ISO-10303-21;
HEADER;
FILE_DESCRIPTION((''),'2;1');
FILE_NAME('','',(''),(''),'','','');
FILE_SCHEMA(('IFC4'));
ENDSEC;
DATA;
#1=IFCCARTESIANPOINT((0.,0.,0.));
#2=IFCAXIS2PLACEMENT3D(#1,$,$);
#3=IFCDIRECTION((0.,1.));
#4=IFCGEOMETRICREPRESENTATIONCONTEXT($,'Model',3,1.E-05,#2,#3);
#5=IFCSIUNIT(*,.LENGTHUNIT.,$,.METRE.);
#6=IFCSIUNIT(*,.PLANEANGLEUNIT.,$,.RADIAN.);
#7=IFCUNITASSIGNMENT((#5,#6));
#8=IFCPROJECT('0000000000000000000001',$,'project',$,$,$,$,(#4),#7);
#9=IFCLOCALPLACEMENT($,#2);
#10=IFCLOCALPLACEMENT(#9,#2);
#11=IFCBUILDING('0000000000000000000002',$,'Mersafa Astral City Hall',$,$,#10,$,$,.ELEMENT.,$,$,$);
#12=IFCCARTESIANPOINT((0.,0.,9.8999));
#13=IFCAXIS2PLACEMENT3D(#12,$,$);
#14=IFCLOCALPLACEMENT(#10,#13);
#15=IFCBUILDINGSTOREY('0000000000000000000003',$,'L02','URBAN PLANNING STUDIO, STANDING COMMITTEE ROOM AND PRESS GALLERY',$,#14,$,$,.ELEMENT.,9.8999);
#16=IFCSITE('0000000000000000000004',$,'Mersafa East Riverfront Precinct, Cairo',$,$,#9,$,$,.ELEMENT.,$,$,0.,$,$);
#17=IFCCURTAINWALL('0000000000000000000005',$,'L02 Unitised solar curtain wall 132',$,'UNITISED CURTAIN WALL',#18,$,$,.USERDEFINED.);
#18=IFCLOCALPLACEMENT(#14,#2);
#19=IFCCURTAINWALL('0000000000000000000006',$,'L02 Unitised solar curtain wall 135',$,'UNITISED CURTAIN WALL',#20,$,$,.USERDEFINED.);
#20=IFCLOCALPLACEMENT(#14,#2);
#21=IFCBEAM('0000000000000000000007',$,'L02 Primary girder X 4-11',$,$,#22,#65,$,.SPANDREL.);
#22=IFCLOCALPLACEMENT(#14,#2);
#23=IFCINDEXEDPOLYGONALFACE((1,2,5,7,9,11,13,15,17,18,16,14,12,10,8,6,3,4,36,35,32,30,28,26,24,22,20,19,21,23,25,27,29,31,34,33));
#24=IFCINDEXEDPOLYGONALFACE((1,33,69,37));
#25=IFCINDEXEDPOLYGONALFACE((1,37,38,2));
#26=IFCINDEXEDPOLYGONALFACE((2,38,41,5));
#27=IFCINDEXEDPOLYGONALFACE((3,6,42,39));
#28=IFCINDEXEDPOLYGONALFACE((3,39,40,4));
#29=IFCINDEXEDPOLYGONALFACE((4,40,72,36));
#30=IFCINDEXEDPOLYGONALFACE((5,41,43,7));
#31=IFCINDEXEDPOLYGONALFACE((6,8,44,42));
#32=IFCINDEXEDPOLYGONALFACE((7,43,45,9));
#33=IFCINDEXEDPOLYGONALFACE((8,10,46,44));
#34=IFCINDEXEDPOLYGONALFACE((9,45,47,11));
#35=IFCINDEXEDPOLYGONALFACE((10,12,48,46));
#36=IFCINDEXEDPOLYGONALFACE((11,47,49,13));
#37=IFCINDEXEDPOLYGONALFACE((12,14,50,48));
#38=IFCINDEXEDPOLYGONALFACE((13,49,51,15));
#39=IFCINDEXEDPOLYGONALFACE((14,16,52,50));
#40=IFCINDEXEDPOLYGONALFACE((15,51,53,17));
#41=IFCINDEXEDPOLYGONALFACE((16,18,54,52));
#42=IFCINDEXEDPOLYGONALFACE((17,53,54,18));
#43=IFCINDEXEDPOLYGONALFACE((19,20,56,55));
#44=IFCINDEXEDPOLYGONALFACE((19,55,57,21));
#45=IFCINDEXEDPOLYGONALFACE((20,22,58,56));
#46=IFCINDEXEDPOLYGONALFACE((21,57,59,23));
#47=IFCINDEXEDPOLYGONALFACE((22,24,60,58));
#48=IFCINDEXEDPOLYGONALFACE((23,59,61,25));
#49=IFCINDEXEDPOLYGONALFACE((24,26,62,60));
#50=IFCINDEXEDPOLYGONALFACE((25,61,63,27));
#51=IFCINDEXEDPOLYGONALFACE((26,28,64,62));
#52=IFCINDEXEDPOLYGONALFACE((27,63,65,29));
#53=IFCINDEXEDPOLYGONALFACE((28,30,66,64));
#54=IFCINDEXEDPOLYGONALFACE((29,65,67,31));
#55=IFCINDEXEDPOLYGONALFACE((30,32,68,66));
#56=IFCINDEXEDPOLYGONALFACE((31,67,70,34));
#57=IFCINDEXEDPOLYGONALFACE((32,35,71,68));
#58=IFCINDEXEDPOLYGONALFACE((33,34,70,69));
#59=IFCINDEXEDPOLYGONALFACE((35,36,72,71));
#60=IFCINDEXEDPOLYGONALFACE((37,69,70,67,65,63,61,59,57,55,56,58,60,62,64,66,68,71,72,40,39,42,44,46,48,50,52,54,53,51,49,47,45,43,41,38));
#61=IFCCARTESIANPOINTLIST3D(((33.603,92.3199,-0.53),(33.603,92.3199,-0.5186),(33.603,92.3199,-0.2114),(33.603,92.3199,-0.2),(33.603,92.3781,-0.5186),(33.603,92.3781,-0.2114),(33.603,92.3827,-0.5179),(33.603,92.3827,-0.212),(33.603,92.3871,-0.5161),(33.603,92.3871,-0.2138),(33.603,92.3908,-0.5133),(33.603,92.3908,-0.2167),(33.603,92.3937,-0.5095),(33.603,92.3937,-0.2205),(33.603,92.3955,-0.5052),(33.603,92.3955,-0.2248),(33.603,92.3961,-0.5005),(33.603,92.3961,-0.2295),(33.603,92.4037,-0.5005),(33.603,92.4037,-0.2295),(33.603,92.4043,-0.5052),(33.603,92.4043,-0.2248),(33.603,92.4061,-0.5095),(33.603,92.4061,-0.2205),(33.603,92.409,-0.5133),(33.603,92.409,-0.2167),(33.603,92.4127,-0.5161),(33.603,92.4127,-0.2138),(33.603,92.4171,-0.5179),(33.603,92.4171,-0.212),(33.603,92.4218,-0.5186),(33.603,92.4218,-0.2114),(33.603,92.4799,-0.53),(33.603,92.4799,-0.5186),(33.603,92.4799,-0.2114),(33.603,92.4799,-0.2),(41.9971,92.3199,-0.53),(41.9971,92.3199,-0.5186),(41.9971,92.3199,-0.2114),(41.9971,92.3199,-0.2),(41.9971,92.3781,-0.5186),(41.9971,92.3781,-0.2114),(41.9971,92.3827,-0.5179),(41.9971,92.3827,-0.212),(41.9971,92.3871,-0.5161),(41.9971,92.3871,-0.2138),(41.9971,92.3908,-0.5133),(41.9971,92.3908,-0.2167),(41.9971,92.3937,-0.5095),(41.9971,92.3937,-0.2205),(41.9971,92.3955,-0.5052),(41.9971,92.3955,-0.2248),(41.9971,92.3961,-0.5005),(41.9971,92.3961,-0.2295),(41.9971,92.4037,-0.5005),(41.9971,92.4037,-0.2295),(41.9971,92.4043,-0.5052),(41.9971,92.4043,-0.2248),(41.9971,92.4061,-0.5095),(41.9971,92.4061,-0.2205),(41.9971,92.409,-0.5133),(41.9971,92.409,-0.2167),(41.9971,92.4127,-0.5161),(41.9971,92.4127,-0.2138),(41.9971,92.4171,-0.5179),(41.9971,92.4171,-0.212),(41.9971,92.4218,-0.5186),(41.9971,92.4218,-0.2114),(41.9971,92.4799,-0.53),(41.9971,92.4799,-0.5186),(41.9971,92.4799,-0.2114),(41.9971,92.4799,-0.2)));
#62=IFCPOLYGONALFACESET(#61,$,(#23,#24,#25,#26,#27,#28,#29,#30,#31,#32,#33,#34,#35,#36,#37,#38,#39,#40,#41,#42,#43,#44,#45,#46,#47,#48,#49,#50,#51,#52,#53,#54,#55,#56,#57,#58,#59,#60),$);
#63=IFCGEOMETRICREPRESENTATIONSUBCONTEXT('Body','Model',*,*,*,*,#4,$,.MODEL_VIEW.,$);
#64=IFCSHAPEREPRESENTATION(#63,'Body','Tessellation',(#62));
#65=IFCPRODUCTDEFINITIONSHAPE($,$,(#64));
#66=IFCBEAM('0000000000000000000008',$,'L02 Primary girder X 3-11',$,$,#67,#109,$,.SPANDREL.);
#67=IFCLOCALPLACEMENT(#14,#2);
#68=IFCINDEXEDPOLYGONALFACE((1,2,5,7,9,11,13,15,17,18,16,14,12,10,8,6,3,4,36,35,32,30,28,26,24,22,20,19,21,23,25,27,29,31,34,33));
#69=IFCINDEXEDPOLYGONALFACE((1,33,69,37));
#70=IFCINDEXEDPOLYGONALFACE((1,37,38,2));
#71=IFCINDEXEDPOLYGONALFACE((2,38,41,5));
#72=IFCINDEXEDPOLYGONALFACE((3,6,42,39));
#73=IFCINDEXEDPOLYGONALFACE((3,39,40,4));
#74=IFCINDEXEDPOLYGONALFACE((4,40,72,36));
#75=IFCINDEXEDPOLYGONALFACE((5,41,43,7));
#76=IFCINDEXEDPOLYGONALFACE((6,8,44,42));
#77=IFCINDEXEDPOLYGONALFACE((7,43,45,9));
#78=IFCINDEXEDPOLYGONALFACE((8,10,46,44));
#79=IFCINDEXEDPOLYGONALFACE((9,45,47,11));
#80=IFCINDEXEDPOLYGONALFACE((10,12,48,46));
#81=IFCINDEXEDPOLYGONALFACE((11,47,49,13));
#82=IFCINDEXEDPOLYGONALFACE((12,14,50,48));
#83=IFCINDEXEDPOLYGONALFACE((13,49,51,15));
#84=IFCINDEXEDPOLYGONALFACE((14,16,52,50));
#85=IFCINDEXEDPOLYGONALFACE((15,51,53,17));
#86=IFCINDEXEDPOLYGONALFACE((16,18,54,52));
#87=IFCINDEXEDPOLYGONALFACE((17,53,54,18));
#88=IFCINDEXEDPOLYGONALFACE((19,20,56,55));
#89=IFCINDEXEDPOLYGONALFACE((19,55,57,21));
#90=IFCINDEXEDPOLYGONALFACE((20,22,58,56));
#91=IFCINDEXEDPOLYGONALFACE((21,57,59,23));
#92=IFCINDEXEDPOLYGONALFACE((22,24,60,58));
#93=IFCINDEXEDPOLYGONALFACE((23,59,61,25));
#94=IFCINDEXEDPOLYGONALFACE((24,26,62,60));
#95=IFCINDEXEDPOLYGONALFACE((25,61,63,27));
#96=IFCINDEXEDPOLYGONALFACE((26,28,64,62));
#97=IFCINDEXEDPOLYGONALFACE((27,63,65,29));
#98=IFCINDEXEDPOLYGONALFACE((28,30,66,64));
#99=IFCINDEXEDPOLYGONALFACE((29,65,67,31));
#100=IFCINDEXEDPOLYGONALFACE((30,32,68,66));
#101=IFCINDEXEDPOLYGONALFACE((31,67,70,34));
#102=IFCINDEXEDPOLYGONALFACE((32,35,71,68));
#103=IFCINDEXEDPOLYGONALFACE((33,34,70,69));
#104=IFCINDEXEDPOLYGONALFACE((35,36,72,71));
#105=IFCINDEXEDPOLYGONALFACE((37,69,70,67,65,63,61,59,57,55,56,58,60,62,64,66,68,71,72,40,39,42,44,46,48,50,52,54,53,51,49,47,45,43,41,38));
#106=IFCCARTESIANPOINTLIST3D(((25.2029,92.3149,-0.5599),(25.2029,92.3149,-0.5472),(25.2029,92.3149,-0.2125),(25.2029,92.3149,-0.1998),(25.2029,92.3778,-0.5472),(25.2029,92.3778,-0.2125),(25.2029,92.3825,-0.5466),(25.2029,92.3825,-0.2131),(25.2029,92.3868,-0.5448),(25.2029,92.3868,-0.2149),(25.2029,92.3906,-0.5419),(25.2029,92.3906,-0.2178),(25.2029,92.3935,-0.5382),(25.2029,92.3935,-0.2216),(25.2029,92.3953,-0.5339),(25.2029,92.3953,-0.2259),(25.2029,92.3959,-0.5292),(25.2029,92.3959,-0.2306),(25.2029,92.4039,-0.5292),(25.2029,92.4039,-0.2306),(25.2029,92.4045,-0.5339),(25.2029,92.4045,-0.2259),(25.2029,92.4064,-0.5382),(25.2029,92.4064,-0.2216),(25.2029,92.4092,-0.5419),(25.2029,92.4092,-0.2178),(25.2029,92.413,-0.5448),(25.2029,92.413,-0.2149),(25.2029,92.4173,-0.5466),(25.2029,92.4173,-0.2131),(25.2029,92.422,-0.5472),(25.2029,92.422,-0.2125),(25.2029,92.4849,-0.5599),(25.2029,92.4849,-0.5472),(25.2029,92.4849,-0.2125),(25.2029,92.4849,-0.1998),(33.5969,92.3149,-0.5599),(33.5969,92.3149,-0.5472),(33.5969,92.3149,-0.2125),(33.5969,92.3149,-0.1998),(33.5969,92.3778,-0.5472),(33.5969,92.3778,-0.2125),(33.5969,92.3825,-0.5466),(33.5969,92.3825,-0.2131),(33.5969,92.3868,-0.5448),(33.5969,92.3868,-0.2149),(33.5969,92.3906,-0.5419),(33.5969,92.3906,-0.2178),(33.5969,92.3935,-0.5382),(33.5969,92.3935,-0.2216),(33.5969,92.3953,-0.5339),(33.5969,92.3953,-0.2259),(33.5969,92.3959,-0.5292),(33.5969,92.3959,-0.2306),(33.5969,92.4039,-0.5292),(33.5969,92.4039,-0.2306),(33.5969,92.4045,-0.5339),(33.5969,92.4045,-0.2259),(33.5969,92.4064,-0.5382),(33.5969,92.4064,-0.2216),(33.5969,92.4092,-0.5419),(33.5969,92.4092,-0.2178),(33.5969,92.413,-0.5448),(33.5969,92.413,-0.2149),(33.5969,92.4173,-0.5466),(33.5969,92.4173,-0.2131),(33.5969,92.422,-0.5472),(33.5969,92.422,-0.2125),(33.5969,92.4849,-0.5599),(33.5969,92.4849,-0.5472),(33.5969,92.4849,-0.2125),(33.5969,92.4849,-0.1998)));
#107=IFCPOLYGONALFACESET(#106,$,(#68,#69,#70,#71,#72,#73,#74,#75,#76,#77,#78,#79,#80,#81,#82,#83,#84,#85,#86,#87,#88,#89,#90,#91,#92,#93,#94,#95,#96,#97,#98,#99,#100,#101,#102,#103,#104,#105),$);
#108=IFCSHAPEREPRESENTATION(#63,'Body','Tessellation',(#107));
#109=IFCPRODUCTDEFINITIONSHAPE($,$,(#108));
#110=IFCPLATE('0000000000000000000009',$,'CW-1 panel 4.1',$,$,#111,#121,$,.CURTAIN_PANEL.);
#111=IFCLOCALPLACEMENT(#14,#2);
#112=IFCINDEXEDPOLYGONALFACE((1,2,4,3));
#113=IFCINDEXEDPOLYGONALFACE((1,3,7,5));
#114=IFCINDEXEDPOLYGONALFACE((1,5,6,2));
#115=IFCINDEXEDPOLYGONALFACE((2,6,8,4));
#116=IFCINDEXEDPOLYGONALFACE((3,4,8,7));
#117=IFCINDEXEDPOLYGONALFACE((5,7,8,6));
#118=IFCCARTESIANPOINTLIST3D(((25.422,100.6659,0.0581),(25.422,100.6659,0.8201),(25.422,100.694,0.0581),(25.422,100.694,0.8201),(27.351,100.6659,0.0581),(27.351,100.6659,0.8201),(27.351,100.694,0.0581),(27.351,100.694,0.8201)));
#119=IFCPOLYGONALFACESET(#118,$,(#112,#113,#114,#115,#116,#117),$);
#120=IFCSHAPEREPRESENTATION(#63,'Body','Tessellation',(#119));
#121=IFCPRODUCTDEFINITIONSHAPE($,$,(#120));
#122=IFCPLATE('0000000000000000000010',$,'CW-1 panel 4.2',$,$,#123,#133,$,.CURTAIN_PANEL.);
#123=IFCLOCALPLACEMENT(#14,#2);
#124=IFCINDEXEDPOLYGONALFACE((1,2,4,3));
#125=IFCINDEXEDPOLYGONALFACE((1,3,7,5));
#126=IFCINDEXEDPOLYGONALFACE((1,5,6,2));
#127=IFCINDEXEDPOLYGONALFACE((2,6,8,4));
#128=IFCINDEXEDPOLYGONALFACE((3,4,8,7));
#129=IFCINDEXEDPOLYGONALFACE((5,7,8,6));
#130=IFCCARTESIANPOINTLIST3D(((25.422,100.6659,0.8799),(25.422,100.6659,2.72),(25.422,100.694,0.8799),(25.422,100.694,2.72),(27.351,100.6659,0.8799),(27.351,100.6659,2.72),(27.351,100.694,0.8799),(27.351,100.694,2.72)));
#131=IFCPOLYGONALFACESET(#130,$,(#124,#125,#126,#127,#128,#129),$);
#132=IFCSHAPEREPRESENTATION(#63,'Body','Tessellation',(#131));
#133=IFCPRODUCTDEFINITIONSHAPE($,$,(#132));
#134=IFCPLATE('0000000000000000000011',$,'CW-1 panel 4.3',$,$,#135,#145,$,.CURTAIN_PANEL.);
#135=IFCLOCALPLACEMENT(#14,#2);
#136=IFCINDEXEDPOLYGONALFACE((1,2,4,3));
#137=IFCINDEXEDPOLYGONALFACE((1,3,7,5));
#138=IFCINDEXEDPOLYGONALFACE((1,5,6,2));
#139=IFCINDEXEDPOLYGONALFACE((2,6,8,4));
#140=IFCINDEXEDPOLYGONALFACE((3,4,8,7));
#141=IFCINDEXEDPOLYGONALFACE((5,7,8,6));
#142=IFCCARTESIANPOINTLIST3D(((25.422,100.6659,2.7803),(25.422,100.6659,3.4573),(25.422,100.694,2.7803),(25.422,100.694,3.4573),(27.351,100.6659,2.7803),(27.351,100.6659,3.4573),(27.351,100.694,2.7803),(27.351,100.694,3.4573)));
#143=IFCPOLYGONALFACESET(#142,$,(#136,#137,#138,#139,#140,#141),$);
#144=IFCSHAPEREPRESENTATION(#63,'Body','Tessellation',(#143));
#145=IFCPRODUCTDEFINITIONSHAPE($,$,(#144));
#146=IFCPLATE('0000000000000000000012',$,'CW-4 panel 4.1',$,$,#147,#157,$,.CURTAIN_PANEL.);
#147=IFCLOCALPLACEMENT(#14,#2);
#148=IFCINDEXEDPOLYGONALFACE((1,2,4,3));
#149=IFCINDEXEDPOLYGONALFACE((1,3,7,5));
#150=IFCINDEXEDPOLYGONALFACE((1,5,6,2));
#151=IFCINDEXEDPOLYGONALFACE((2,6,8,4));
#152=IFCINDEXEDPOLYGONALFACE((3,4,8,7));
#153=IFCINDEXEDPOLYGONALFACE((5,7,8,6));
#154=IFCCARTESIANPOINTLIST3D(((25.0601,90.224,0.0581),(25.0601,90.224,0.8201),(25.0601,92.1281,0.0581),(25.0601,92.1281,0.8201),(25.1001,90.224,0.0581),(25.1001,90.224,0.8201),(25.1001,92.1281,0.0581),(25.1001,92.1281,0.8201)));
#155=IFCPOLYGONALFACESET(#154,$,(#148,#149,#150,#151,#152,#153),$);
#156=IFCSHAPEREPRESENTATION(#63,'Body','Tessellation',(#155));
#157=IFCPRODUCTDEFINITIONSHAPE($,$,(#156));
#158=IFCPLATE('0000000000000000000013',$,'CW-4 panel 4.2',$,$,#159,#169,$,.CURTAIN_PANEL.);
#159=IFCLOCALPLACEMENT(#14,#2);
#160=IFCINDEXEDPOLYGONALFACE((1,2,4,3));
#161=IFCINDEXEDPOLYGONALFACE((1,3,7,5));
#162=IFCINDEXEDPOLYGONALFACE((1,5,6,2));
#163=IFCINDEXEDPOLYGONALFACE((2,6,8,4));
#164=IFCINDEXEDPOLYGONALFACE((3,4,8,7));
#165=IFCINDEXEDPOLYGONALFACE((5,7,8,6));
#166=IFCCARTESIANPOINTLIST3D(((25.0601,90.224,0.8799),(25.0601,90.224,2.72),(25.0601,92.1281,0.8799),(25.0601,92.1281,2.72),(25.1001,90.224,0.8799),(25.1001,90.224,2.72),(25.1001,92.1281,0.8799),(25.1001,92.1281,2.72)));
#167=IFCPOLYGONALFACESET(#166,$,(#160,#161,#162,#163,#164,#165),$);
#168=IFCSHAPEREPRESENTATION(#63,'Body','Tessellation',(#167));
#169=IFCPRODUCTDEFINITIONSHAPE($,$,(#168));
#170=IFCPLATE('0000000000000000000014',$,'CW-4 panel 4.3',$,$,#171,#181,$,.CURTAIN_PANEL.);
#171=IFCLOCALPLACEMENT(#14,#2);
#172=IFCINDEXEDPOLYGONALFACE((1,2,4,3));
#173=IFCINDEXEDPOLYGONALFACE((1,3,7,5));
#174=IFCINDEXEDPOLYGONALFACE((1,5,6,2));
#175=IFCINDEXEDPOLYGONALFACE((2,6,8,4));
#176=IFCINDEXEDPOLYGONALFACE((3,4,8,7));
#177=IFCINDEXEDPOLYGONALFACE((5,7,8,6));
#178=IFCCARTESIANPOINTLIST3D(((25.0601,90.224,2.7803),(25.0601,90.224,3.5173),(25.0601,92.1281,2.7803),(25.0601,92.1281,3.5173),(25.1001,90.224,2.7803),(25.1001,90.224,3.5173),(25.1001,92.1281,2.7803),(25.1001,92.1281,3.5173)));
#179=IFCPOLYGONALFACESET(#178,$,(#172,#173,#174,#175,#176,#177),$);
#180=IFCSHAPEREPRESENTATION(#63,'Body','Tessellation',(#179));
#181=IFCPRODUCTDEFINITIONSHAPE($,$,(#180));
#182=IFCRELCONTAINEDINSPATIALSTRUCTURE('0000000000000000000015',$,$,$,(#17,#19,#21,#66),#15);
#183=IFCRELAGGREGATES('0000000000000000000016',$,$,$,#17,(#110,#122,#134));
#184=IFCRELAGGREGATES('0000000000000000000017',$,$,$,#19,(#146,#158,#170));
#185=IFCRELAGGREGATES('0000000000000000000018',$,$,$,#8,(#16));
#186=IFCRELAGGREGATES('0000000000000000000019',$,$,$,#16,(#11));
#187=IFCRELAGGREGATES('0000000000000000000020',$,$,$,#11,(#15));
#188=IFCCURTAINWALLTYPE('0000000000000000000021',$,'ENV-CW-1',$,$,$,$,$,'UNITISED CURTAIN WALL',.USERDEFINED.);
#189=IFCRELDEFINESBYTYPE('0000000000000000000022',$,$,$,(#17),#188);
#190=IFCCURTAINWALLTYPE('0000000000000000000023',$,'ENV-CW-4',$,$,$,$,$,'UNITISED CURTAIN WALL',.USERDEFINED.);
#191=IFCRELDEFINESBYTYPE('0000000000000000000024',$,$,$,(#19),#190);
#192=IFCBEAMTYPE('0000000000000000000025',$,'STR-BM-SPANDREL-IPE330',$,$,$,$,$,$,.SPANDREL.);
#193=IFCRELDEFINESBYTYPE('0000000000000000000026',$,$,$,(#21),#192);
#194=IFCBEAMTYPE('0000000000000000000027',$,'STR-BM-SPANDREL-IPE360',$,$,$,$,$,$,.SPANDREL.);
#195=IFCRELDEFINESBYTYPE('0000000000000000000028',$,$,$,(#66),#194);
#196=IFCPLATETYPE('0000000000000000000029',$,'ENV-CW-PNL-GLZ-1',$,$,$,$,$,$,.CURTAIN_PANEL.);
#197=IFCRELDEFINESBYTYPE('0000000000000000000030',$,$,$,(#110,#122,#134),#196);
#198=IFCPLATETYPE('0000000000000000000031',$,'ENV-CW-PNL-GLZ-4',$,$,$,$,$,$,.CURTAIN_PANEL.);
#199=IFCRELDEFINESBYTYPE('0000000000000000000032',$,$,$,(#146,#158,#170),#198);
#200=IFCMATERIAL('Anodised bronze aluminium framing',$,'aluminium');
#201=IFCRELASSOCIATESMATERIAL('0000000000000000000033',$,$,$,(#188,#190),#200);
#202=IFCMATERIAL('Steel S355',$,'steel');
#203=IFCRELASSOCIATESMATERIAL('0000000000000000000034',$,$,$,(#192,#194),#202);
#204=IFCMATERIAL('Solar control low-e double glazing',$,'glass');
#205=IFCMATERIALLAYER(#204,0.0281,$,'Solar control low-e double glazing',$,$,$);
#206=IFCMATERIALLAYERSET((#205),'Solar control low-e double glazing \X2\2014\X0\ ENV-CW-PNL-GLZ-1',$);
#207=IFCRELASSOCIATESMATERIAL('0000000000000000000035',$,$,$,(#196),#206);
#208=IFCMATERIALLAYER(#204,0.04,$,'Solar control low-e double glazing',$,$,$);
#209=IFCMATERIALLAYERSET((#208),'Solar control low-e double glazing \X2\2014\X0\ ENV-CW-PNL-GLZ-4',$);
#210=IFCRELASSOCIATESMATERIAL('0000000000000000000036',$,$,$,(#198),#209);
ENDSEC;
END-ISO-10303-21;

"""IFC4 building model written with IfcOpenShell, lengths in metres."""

from ifc_helpers import new_model, si_unit, direction, frame, origin, origin_2d, place, context, subcontext, project, spatial, rectangle, i_section, extrude, material, layer, layer_set, material_profile, profile_set, type_object, element, aggregate, save


model = new_model("IFC4")

# Units and contexts
model_context = context("Model", 3, precision=1e-05, world=origin(), true_north=direction((0.0, 1.0)))
body_context = subcontext(model_context, "Body", "Model", "MODEL_VIEW")
ifc_project = project(units=[si_unit("LENGTHUNIT", "METRE"), si_unit("PLANEANGLEUNIT", "RADIAN")], contexts=[model_context])

# Site, building, storey
site_placement = place(None, origin())
site = spatial("IfcSite", under=ifc_project, at=site_placement, Name="Mersafa East Riverfront Precinct, Cairo", CompositionType="ELEMENT", RefElevation=0.0)
building_placement = place(site_placement, origin())
building = spatial("IfcBuilding", under=site, at=building_placement, Name="Mersafa Astral City Hall", CompositionType="ELEMENT")
storey_placement = place(building_placement, frame((0.0, 0.0, 9.8999)))
storey = spatial("IfcBuildingStorey", under=building, at=storey_placement, Name="L02", Description="URBAN PLANNING STUDIO, STANDING COMMITTEE ROOM AND PRESS GALLERY", CompositionType="ELEMENT", Elevation=9.8999)

# Shared definitions
ifc_material_1 = material(Name="Steel S355", Category="steel")

# Curtain wall
ifc_material_2 = material(Name="Anodised bronze aluminium framing", Category="aluminium")
curtain_wall_type_1 = type_object("IfcCurtainWallType", Name="ENV-CW-1", ElementType="UNITISED CURTAIN WALL", PredefinedType="USERDEFINED", material=ifc_material_2)
curtain_wall_1_placement = place(storey_placement, origin())
curtain_wall_1 = element("IfcCurtainWall", 1, at=curtain_wall_1_placement, inside=storey, type_object=curtain_wall_type_1, Name="L02 Unitised solar curtain wall 132", ObjectType="UNITISED CURTAIN WALL", PredefinedType="USERDEFINED")

# Curtain wall
curtain_wall_type_2 = type_object("IfcCurtainWallType", Name="ENV-CW-4", ElementType="UNITISED CURTAIN WALL", PredefinedType="USERDEFINED", material=ifc_material_2)
curtain_wall_2_placement = place(storey_placement, origin())
curtain_wall_2 = element("IfcCurtainWall", 2, at=curtain_wall_2_placement, inside=storey, type_object=curtain_wall_type_2, Name="L02 Unitised solar curtain wall 135", ObjectType="UNITISED CURTAIN WALL", PredefinedType="USERDEFINED")

# Beams
ifc_material_profile_1 = material_profile(ifc_material_1, i_section(OverallWidth=0.1599, OverallDepth=0.3301, WebThickness=0.0076, FlangeThickness=0.0115, FilletRadius=0.0181, at=origin_2d()), Name="IPE 330")
ifc_profile_set_1 = profile_set([ifc_material_profile_1], Name="Steel S355")
beam_type_1 = type_object("IfcBeamType", Name="STR-BM-SPANDREL-IPE330", PredefinedType="SPANDREL", material=ifc_profile_set_1)
beam_1_placement = place(storey_placement, frame((33.603, 92.3999, -0.365), z_axis=(1.0, 0.0, 0.0), x_axis=(0.0, 1.0, 0.0)))
element("IfcBeam", 3, at=beam_1_placement, inside=storey, type_object=beam_type_1, Name="L02 Primary girder X 4-11", PredefinedType="SPANDREL", context=body_context, shape_type="SweptSolid", body=[
    extrude(i_section(OverallWidth=0.1599, OverallDepth=0.3301, WebThickness=0.0076, FlangeThickness=0.0115, FilletRadius=0.0181, at=origin_2d()), origin(), (0.0, 0.0, 1.0), 8.394),
])
ifc_material_profile_2 = material_profile(ifc_material_1, i_section(OverallWidth=0.1699, OverallDepth=0.3601, WebThickness=0.0081, FlangeThickness=0.0127, FilletRadius=0.0181, at=origin_2d()), Name="IPE 360")
ifc_profile_set_2 = profile_set([ifc_material_profile_2], Name="Steel S355")
beam_type_2 = type_object("IfcBeamType", Name="STR-BM-SPANDREL-IPE360", PredefinedType="SPANDREL", material=ifc_profile_set_2)
beam_2_placement = place(storey_placement, frame((25.2029, 92.3999, -0.3799), z_axis=(1.0, 0.0, 0.0), x_axis=(0.0, 1.0, 0.0)))
element("IfcBeam", 4, at=beam_2_placement, inside=storey, type_object=beam_type_2, Name="L02 Primary girder X 3-11", PredefinedType="SPANDREL", context=body_context, shape_type="SweptSolid", body=[
    extrude(i_section(OverallWidth=0.1699, OverallDepth=0.3601, WebThickness=0.0081, FlangeThickness=0.0127, FilletRadius=0.0181, at=origin_2d()), origin(), (0.0, 0.0, 1.0), 8.394),
])

# Plates
ifc_material_3 = material(Name="Solar control low-e double glazing", Category="glass")
ifc_layer_1 = layer(ifc_material_3, 0.0281, Name="Solar control low-e double glazing")
ifc_layer_set_1 = layer_set([ifc_layer_1], Name="Solar control low-e double glazing — ENV-CW-PNL-GLZ-1")
plate_type_1 = type_object("IfcPlateType", Name="ENV-CW-PNL-GLZ-1", PredefinedType="CURTAIN_PANEL", material=ifc_layer_set_1)
plate_1_placement = place(storey_placement, frame((26.3865, 100.6799, 0.0581), z_axis=(0.0, 0.0, 1.0), x_axis=(-1.0, 0.0, 0.0)))
plate_1 = element("IfcPlate", 5, at=plate_1_placement, type_object=plate_type_1, Name="CW-1 panel 4.1", PredefinedType="CURTAIN_PANEL", context=body_context, shape_type="SweptSolid", body=[
    extrude(rectangle(XDim=1.929, YDim=0.0281, at=origin_2d()), origin(), (0.0, 0.0, 1.0), 0.762),
])
plate_2_placement = place(storey_placement, frame((26.3865, 100.6799, 0.8799), z_axis=(0.0, 0.0, 1.0), x_axis=(-1.0, 0.0, 0.0)))
plate_2 = element("IfcPlate", 6, at=plate_2_placement, type_object=plate_type_1, Name="CW-1 panel 4.2", PredefinedType="CURTAIN_PANEL", context=body_context, shape_type="SweptSolid", body=[
    extrude(rectangle(XDim=1.929, YDim=0.0281, at=origin_2d()), origin(), (0.0, 0.0, 1.0), 1.8401),
])
plate_3_placement = place(storey_placement, frame((26.3865, 100.6799, 2.7803), z_axis=(0.0, 0.0, 1.0), x_axis=(-1.0, 0.0, 0.0)))
plate_3 = element("IfcPlate", 7, at=plate_3_placement, type_object=plate_type_1, Name="CW-1 panel 4.3", PredefinedType="CURTAIN_PANEL", context=body_context, shape_type="SweptSolid", body=[
    extrude(rectangle(XDim=1.929, YDim=0.0281, at=origin_2d()), origin(), (0.0, 0.0, 1.0), 0.677),
])
aggregate(curtain_wall_1, [plate_1, plate_2, plate_3])
ifc_layer_2 = layer(ifc_material_3, 0.04, Name="Solar control low-e double glazing")
ifc_layer_set_2 = layer_set([ifc_layer_2], Name="Solar control low-e double glazing — ENV-CW-PNL-GLZ-4")
plate_type_2 = type_object("IfcPlateType", Name="ENV-CW-PNL-GLZ-4", PredefinedType="CURTAIN_PANEL", material=ifc_layer_set_2)
plate_4_placement = place(storey_placement, frame((25.0801, 91.176, 0.0581), z_axis=(0.0, 0.0, 1.0), x_axis=(0.0, 1.0, 0.0)))
plate_4 = element("IfcPlate", 8, at=plate_4_placement, type_object=plate_type_2, Name="CW-4 panel 4.1", PredefinedType="CURTAIN_PANEL", context=body_context, shape_type="SweptSolid", body=[
    extrude(rectangle(XDim=1.9041, YDim=0.04, at=origin_2d()), origin(), (0.0, 0.0, 1.0), 0.762),
])
plate_5_placement = place(storey_placement, frame((25.0801, 91.176, 0.8799), z_axis=(0.0, 0.0, 1.0), x_axis=(0.0, 1.0, 0.0)))
plate_5 = element("IfcPlate", 9, at=plate_5_placement, type_object=plate_type_2, Name="CW-4 panel 4.2", PredefinedType="CURTAIN_PANEL", context=body_context, shape_type="SweptSolid", body=[
    extrude(rectangle(XDim=1.9041, YDim=0.04, at=origin_2d()), origin(), (0.0, 0.0, 1.0), 1.8401),
])
plate_6_placement = place(storey_placement, frame((25.0801, 91.176, 2.7803), z_axis=(0.0, 0.0, 1.0), x_axis=(0.0, 1.0, 0.0)))
plate_6 = element("IfcPlate", 10, at=plate_6_placement, type_object=plate_type_2, Name="CW-4 panel 4.3", PredefinedType="CURTAIN_PANEL", context=body_context, shape_type="SweptSolid", body=[
    extrude(rectangle(XDim=1.9041, YDim=0.04, at=origin_2d()), origin(), (0.0, 0.0, 1.0), 0.7371),
])
aggregate(curtain_wall_2, [plate_4, plate_5, plate_6])

save(model, "model.ifc")
